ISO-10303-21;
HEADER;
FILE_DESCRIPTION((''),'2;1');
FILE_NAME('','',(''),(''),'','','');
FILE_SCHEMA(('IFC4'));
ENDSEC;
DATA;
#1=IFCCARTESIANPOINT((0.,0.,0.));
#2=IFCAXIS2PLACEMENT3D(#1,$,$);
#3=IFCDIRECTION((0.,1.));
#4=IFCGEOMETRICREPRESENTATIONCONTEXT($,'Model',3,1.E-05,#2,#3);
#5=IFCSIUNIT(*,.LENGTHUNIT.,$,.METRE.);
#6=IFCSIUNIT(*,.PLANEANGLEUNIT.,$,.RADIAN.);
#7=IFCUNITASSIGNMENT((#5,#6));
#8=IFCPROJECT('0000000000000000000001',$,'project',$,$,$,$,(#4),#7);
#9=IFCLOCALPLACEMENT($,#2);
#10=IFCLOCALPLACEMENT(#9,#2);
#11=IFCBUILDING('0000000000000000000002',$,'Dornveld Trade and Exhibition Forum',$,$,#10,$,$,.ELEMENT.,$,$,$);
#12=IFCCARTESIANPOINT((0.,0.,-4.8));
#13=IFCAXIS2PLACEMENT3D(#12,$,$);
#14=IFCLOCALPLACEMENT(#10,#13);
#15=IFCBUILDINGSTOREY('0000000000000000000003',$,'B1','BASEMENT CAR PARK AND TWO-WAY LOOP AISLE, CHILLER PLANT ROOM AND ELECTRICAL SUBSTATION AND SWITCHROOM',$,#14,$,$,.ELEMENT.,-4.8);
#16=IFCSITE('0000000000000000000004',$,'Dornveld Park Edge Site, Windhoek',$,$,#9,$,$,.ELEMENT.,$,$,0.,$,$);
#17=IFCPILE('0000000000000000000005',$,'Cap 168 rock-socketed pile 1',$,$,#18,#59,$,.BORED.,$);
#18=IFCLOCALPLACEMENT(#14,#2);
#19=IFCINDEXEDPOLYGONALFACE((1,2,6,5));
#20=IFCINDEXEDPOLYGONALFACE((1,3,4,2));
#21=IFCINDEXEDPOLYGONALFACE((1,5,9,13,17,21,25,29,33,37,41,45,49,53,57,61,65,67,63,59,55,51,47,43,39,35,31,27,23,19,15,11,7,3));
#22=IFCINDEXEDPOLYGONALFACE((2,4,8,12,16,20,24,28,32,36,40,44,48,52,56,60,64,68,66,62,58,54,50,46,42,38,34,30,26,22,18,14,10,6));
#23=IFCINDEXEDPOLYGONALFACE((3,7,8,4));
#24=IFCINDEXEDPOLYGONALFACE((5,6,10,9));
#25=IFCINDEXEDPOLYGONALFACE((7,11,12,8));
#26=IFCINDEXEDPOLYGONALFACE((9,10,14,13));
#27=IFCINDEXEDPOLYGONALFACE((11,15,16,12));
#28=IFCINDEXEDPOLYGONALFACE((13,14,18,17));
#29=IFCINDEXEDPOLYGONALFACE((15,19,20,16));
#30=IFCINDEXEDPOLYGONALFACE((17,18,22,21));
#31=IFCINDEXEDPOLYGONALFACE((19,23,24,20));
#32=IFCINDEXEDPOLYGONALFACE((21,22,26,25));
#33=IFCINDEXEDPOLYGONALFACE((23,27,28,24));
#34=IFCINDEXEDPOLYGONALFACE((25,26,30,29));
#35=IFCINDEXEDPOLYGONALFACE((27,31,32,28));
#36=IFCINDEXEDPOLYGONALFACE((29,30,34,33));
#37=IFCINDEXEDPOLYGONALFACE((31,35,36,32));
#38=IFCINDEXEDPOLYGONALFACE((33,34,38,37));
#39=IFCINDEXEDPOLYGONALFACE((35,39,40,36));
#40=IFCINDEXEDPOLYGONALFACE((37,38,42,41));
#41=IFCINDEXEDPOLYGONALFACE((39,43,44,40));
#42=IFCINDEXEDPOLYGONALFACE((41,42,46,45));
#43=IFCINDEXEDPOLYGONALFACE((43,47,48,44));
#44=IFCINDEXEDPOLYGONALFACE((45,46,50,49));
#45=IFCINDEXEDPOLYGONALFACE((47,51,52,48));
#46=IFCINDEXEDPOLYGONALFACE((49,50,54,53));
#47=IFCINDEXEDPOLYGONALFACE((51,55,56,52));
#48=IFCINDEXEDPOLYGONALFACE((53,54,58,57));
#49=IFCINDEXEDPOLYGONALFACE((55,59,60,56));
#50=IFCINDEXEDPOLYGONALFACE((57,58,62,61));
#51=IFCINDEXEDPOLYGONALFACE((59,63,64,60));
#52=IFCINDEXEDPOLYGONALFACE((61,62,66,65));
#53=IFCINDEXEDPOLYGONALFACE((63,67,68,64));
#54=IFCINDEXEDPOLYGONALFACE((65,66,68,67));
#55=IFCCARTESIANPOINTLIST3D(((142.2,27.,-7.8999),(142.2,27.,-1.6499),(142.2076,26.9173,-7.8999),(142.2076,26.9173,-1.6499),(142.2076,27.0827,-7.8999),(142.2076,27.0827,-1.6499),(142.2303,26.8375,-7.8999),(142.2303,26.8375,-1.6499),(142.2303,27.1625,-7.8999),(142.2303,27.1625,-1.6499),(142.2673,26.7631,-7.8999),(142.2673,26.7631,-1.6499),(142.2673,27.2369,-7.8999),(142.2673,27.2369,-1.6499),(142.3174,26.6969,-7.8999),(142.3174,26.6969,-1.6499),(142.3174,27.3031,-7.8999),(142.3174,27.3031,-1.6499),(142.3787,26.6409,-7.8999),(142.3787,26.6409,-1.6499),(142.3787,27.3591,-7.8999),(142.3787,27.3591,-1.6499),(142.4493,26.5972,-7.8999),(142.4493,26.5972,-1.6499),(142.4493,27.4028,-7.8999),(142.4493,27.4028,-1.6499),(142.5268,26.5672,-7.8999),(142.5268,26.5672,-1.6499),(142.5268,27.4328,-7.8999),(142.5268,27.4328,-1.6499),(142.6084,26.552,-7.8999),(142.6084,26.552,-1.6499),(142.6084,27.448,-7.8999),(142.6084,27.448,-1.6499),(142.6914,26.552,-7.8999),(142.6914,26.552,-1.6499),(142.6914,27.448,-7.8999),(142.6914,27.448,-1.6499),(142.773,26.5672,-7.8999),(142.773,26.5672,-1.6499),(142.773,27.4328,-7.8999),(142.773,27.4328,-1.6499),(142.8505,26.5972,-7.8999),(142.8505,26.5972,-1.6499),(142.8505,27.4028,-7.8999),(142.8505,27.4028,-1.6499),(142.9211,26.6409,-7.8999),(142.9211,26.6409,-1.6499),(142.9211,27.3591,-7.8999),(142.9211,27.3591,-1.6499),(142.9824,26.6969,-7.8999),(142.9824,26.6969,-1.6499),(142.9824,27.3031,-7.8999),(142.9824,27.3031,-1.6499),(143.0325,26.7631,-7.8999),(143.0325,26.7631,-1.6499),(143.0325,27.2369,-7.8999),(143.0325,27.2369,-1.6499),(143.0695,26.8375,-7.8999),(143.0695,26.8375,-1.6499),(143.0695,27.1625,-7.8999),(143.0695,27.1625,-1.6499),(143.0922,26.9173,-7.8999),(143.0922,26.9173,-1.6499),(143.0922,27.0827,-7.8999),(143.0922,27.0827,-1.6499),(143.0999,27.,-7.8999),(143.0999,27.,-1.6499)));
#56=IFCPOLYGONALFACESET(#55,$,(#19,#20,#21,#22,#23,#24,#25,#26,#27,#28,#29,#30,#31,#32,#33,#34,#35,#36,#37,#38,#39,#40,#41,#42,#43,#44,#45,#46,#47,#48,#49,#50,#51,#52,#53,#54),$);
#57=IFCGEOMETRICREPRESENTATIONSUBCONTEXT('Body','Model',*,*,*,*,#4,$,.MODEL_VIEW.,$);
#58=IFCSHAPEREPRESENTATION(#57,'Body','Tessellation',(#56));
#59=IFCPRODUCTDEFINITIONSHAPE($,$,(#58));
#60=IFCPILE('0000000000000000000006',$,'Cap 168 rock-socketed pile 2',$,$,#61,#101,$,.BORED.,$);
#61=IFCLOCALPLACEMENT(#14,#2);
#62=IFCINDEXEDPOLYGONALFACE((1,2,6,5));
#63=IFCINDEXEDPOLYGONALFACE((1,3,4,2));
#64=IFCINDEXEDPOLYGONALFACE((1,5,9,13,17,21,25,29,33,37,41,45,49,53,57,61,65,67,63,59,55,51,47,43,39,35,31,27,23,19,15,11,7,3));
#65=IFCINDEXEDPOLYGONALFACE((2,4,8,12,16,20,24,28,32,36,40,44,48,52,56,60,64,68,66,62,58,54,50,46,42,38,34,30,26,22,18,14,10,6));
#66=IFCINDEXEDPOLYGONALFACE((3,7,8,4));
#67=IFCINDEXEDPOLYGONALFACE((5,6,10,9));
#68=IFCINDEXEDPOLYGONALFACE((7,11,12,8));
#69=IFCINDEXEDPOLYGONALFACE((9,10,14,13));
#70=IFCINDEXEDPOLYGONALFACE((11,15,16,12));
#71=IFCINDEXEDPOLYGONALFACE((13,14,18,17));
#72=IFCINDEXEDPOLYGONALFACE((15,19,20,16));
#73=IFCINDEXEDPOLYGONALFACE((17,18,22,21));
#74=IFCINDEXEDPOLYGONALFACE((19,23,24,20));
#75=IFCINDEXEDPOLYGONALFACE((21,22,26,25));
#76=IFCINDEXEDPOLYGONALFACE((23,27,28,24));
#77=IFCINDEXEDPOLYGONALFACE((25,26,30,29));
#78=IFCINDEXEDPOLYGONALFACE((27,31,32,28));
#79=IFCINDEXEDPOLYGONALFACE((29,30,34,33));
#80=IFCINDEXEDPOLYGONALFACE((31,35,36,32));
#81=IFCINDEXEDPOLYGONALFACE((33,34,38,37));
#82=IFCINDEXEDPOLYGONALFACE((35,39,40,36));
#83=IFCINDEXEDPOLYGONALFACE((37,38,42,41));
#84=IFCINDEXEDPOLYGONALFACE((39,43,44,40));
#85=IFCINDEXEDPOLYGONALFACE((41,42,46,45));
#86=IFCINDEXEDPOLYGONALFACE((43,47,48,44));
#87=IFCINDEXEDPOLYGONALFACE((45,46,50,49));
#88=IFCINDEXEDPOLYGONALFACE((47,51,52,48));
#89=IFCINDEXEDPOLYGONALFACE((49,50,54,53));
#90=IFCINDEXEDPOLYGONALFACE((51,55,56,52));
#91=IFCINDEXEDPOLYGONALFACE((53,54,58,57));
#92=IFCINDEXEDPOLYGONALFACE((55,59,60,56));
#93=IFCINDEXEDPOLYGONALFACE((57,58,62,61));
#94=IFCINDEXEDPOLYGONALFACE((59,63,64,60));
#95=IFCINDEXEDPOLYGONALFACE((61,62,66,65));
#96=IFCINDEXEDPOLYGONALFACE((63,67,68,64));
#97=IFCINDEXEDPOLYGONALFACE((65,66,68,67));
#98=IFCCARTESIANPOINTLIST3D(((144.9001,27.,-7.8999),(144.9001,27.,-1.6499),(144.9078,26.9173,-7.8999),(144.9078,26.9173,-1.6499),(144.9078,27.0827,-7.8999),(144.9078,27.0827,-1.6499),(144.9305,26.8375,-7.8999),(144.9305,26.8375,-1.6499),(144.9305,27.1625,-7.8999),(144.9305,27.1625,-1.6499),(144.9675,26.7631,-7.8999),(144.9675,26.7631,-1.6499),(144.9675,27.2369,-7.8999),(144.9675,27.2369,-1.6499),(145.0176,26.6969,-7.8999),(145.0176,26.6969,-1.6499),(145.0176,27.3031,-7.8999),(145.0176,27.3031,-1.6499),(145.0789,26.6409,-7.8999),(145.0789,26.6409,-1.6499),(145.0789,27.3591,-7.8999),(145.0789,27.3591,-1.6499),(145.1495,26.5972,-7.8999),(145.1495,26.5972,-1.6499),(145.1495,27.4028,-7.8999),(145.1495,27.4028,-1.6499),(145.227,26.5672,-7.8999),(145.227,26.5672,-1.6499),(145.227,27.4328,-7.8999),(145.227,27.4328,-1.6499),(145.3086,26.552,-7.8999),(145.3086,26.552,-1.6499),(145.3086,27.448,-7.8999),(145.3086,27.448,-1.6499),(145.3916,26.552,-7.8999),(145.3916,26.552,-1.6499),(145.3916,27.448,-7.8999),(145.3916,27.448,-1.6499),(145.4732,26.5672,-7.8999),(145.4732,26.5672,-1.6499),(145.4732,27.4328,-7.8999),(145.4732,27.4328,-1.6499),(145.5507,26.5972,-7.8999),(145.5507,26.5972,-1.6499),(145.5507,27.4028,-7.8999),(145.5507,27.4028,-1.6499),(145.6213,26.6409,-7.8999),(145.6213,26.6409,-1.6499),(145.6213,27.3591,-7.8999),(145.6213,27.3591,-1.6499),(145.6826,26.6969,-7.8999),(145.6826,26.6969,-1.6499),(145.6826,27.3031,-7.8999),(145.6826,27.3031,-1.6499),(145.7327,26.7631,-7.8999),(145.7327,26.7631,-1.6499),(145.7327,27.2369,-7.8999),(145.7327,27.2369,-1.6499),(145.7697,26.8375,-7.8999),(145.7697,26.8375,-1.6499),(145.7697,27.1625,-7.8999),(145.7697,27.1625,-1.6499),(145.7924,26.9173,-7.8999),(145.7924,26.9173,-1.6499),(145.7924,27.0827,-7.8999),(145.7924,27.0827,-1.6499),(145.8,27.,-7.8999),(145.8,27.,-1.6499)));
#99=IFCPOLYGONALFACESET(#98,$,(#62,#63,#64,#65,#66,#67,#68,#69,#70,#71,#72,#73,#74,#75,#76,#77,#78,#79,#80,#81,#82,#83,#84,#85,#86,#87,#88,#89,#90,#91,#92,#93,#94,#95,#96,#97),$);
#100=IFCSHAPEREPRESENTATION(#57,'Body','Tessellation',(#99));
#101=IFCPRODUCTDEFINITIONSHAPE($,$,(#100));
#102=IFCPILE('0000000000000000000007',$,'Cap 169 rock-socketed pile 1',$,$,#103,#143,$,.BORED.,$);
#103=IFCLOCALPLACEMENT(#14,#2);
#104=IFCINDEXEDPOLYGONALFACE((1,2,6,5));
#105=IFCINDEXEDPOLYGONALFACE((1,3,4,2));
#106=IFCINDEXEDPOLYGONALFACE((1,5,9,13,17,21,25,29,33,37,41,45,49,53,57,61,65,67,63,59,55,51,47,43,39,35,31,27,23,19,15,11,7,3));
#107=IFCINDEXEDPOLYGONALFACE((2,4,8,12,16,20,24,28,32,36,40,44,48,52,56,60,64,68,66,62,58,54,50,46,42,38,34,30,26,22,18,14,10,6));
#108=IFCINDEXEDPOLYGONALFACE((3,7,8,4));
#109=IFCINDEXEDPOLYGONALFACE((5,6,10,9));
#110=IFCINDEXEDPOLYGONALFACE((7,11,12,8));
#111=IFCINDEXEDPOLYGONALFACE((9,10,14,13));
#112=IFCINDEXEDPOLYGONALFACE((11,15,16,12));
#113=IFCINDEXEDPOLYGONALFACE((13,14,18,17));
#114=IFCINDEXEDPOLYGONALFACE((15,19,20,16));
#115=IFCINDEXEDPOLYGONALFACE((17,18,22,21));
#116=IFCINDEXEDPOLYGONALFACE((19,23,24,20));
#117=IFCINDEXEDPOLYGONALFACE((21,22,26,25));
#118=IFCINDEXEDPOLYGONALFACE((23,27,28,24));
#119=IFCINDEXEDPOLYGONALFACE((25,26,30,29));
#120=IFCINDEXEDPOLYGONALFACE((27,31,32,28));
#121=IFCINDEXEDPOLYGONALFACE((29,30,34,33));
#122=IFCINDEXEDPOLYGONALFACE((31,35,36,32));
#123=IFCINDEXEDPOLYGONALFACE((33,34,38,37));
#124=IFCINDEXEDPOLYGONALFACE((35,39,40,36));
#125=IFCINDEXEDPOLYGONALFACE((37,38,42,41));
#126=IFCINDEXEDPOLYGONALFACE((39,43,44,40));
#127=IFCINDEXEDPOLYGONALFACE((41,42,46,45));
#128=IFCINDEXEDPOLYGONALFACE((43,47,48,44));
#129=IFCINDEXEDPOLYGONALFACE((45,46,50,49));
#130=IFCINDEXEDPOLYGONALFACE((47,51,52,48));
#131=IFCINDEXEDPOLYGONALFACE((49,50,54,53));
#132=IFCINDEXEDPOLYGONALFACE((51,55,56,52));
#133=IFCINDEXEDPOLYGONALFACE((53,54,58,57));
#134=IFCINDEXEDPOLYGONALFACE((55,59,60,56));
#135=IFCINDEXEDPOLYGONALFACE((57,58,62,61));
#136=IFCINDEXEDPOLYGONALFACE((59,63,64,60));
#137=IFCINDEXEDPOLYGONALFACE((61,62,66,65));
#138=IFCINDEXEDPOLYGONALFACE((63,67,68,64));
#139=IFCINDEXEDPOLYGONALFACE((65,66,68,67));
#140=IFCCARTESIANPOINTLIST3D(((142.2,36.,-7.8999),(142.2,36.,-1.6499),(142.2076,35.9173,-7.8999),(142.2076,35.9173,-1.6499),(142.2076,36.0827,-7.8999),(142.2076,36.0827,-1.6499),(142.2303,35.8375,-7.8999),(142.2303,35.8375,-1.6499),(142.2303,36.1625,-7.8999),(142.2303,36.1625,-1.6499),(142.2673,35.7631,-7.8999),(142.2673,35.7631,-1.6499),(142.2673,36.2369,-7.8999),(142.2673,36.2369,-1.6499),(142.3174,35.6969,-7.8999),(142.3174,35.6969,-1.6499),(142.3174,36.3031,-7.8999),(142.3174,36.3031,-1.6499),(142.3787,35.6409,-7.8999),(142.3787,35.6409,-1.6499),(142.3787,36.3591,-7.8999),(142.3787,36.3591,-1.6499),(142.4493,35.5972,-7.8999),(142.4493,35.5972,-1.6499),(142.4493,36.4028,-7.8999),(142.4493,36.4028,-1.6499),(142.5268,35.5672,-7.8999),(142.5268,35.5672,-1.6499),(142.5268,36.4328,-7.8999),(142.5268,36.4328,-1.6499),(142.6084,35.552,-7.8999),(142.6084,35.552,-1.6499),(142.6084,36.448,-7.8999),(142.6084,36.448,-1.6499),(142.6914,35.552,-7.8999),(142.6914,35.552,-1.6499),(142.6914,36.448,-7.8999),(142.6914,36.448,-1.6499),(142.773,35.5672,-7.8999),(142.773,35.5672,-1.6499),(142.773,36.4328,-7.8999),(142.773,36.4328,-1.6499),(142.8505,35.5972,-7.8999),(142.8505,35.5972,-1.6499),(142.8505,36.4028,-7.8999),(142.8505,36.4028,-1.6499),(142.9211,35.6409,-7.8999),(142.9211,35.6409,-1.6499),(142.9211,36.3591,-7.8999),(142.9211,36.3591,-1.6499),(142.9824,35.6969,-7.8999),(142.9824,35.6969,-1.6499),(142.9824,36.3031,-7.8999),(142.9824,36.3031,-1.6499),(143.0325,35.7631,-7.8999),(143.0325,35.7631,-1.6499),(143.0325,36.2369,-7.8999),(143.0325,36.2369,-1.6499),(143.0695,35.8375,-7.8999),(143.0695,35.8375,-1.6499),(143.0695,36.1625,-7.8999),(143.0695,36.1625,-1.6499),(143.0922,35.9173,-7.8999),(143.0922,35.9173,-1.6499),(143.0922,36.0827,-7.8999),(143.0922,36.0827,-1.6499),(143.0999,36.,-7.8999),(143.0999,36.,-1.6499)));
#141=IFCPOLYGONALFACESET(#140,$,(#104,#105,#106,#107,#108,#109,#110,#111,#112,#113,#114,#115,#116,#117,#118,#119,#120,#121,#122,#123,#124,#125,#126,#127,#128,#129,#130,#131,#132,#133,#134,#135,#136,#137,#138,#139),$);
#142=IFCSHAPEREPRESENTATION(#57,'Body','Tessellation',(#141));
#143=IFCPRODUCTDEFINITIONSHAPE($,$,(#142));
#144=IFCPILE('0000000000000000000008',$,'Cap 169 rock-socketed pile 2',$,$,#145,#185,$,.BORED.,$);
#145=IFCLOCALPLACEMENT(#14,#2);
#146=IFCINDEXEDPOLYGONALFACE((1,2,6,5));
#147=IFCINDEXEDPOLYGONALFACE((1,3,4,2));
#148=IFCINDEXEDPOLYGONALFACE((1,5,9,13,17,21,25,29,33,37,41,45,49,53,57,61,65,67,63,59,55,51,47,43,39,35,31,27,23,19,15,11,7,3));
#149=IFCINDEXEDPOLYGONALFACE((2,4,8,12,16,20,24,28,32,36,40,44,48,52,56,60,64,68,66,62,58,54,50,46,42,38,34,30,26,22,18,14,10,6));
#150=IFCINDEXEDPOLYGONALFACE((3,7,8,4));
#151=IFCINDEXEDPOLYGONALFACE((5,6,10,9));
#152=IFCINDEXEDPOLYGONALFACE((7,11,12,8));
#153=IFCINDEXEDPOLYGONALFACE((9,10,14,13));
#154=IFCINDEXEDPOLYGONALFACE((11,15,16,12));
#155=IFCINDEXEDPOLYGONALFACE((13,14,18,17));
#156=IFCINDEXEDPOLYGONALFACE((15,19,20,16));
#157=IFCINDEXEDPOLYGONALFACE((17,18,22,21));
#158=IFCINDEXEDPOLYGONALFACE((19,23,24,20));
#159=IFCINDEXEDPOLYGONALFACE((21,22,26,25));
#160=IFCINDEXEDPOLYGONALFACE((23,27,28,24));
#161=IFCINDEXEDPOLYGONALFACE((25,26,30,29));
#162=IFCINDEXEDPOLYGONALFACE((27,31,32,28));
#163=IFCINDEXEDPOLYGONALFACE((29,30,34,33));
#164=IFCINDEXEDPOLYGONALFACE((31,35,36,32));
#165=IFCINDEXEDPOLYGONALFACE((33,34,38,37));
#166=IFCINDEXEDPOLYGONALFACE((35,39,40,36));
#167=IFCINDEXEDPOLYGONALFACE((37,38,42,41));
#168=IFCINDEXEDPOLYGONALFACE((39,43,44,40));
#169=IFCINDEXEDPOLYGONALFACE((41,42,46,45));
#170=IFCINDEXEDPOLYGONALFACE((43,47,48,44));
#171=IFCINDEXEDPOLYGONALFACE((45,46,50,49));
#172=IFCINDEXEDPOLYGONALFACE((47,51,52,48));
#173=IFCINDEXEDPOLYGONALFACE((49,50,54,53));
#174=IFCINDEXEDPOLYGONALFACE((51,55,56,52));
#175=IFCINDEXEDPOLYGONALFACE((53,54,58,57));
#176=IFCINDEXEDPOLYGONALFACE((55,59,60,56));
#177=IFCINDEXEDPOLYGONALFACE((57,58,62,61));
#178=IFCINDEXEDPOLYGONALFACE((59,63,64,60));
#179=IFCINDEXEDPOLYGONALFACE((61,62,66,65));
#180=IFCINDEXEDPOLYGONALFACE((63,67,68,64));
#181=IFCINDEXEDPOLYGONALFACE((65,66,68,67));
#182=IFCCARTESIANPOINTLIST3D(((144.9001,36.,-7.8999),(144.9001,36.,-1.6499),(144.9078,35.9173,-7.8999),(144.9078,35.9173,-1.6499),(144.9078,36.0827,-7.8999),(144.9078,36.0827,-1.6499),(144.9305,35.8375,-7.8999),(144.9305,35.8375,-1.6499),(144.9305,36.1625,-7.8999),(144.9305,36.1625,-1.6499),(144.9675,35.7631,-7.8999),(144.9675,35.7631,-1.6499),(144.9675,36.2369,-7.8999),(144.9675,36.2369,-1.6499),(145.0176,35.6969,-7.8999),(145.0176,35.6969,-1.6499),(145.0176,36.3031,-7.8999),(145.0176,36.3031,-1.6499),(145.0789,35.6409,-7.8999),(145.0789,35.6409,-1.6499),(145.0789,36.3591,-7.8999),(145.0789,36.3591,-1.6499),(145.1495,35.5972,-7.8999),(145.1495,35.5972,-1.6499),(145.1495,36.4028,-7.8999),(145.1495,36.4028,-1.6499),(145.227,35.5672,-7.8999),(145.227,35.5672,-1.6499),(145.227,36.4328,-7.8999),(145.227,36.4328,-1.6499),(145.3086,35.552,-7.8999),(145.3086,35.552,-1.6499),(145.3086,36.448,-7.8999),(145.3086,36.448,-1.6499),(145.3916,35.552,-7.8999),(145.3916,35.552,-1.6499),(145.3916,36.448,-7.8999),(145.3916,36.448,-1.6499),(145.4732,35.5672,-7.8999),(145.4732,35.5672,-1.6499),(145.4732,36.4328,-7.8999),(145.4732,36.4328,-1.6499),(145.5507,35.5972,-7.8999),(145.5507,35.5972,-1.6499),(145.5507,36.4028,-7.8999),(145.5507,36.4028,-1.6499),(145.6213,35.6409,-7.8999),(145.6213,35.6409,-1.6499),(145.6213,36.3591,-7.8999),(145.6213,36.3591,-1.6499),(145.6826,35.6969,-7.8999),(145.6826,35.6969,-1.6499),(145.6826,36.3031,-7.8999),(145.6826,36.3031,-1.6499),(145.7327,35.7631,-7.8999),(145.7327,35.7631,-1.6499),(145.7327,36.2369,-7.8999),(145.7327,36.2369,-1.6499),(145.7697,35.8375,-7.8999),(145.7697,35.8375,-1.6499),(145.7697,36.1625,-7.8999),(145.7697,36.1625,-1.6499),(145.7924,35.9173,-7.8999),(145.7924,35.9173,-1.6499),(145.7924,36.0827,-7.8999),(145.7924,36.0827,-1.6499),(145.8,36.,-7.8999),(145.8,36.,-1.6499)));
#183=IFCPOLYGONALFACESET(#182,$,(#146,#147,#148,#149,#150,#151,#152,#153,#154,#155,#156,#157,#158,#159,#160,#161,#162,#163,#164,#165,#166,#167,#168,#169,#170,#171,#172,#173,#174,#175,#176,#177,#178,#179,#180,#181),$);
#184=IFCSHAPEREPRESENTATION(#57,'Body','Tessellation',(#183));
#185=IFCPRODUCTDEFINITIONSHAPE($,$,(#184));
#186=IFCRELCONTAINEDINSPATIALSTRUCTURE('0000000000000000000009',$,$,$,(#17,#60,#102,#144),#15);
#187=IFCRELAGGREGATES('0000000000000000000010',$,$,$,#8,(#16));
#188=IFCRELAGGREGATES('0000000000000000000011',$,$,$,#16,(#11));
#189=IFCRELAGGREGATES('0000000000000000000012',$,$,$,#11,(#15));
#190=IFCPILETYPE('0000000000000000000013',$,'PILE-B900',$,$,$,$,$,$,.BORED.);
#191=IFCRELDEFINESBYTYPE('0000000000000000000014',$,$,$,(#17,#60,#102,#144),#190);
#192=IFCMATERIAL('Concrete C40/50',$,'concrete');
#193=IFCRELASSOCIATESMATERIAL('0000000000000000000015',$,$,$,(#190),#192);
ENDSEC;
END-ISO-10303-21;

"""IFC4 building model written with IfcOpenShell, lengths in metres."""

from ifc_helpers import new_model, si_unit, direction, frame, origin, origin_2d, place, context, subcontext, project, spatial, circle, extrude, material, material_profile, profile_set, type_object, element, save


model = new_model("IFC4")

# Units and contexts
model_context = context("Model", 3, precision=1e-05, world=origin(), true_north=direction((0.0, 1.0)))
body_context = subcontext(model_context, "Body", "Model", "MODEL_VIEW")
ifc_project = project(units=[si_unit("LENGTHUNIT", "METRE"), si_unit("PLANEANGLEUNIT", "RADIAN")], contexts=[model_context])

# Site, building, storey
site_placement = place(None, origin())
site = spatial("IfcSite", under=ifc_project, at=site_placement, Name="Dornveld Park Edge Site, Windhoek", CompositionType="ELEMENT", RefElevation=0.0)
building_placement = place(site_placement, origin())
building = spatial("IfcBuilding", under=site, at=building_placement, Name="Dornveld Trade and Exhibition Forum", CompositionType="ELEMENT")
storey_placement = place(building_placement, frame((0.0, 0.0, -4.8)))
storey = spatial("IfcBuildingStorey", under=building, at=storey_placement, Name="B1", Description="BASEMENT CAR PARK AND TWO-WAY LOOP AISLE, CHILLER PLANT ROOM AND ELECTRICAL SUBSTATION AND SWITCHROOM", CompositionType="ELEMENT", Elevation=-4.8)

# Piles
ifc_material_1 = material(Name="Concrete C40/50", Category="concrete")
ifc_material_profile_1 = material_profile(ifc_material_1, circle(Radius=0.45, at=origin_2d()), Name="PILE D900")
ifc_profile_set_1 = profile_set([ifc_material_profile_1], Name="Concrete C40/50")
pile_type = type_object("IfcPileType", Name="PILE-B900", PredefinedType="BORED", material=ifc_profile_set_1)
for number, where, z_axis, x_axis, name in (
    (1, (142.6499, 27.0, -1.6499), (0.0, 0.0, -1.0), (1.0, 0.0, 0.0), "Cap 168 rock-socketed pile 1"),
    (2, (145.3501, 27.0, -1.6499), (0.0, 0.0, -1.0), (1.0, 0.0, 0.0), "Cap 168 rock-socketed pile 2"),
    (3, (142.6499, 36.0, -1.6499), (0.0, 0.0, -1.0), (1.0, 0.0, 0.0), "Cap 169 rock-socketed pile 1"),
    (4, (145.3501, 36.0, -1.6499), (0.0, 0.0, -1.0), (1.0, 0.0, 0.0), "Cap 169 rock-socketed pile 2"),
):
    element("IfcPile", number, at=place(storey_placement, frame(where, z_axis=z_axis, x_axis=x_axis)), inside=storey, type_object=pile_type, Name=name, PredefinedType="BORED", context=body_context, shape_type="SweptSolid", body=[
        extrude(circle(Radius=0.45, at=origin_2d()), origin(), (0.0, 0.0, 1.0), 6.25),
    ])

save(model, "model.ifc")
